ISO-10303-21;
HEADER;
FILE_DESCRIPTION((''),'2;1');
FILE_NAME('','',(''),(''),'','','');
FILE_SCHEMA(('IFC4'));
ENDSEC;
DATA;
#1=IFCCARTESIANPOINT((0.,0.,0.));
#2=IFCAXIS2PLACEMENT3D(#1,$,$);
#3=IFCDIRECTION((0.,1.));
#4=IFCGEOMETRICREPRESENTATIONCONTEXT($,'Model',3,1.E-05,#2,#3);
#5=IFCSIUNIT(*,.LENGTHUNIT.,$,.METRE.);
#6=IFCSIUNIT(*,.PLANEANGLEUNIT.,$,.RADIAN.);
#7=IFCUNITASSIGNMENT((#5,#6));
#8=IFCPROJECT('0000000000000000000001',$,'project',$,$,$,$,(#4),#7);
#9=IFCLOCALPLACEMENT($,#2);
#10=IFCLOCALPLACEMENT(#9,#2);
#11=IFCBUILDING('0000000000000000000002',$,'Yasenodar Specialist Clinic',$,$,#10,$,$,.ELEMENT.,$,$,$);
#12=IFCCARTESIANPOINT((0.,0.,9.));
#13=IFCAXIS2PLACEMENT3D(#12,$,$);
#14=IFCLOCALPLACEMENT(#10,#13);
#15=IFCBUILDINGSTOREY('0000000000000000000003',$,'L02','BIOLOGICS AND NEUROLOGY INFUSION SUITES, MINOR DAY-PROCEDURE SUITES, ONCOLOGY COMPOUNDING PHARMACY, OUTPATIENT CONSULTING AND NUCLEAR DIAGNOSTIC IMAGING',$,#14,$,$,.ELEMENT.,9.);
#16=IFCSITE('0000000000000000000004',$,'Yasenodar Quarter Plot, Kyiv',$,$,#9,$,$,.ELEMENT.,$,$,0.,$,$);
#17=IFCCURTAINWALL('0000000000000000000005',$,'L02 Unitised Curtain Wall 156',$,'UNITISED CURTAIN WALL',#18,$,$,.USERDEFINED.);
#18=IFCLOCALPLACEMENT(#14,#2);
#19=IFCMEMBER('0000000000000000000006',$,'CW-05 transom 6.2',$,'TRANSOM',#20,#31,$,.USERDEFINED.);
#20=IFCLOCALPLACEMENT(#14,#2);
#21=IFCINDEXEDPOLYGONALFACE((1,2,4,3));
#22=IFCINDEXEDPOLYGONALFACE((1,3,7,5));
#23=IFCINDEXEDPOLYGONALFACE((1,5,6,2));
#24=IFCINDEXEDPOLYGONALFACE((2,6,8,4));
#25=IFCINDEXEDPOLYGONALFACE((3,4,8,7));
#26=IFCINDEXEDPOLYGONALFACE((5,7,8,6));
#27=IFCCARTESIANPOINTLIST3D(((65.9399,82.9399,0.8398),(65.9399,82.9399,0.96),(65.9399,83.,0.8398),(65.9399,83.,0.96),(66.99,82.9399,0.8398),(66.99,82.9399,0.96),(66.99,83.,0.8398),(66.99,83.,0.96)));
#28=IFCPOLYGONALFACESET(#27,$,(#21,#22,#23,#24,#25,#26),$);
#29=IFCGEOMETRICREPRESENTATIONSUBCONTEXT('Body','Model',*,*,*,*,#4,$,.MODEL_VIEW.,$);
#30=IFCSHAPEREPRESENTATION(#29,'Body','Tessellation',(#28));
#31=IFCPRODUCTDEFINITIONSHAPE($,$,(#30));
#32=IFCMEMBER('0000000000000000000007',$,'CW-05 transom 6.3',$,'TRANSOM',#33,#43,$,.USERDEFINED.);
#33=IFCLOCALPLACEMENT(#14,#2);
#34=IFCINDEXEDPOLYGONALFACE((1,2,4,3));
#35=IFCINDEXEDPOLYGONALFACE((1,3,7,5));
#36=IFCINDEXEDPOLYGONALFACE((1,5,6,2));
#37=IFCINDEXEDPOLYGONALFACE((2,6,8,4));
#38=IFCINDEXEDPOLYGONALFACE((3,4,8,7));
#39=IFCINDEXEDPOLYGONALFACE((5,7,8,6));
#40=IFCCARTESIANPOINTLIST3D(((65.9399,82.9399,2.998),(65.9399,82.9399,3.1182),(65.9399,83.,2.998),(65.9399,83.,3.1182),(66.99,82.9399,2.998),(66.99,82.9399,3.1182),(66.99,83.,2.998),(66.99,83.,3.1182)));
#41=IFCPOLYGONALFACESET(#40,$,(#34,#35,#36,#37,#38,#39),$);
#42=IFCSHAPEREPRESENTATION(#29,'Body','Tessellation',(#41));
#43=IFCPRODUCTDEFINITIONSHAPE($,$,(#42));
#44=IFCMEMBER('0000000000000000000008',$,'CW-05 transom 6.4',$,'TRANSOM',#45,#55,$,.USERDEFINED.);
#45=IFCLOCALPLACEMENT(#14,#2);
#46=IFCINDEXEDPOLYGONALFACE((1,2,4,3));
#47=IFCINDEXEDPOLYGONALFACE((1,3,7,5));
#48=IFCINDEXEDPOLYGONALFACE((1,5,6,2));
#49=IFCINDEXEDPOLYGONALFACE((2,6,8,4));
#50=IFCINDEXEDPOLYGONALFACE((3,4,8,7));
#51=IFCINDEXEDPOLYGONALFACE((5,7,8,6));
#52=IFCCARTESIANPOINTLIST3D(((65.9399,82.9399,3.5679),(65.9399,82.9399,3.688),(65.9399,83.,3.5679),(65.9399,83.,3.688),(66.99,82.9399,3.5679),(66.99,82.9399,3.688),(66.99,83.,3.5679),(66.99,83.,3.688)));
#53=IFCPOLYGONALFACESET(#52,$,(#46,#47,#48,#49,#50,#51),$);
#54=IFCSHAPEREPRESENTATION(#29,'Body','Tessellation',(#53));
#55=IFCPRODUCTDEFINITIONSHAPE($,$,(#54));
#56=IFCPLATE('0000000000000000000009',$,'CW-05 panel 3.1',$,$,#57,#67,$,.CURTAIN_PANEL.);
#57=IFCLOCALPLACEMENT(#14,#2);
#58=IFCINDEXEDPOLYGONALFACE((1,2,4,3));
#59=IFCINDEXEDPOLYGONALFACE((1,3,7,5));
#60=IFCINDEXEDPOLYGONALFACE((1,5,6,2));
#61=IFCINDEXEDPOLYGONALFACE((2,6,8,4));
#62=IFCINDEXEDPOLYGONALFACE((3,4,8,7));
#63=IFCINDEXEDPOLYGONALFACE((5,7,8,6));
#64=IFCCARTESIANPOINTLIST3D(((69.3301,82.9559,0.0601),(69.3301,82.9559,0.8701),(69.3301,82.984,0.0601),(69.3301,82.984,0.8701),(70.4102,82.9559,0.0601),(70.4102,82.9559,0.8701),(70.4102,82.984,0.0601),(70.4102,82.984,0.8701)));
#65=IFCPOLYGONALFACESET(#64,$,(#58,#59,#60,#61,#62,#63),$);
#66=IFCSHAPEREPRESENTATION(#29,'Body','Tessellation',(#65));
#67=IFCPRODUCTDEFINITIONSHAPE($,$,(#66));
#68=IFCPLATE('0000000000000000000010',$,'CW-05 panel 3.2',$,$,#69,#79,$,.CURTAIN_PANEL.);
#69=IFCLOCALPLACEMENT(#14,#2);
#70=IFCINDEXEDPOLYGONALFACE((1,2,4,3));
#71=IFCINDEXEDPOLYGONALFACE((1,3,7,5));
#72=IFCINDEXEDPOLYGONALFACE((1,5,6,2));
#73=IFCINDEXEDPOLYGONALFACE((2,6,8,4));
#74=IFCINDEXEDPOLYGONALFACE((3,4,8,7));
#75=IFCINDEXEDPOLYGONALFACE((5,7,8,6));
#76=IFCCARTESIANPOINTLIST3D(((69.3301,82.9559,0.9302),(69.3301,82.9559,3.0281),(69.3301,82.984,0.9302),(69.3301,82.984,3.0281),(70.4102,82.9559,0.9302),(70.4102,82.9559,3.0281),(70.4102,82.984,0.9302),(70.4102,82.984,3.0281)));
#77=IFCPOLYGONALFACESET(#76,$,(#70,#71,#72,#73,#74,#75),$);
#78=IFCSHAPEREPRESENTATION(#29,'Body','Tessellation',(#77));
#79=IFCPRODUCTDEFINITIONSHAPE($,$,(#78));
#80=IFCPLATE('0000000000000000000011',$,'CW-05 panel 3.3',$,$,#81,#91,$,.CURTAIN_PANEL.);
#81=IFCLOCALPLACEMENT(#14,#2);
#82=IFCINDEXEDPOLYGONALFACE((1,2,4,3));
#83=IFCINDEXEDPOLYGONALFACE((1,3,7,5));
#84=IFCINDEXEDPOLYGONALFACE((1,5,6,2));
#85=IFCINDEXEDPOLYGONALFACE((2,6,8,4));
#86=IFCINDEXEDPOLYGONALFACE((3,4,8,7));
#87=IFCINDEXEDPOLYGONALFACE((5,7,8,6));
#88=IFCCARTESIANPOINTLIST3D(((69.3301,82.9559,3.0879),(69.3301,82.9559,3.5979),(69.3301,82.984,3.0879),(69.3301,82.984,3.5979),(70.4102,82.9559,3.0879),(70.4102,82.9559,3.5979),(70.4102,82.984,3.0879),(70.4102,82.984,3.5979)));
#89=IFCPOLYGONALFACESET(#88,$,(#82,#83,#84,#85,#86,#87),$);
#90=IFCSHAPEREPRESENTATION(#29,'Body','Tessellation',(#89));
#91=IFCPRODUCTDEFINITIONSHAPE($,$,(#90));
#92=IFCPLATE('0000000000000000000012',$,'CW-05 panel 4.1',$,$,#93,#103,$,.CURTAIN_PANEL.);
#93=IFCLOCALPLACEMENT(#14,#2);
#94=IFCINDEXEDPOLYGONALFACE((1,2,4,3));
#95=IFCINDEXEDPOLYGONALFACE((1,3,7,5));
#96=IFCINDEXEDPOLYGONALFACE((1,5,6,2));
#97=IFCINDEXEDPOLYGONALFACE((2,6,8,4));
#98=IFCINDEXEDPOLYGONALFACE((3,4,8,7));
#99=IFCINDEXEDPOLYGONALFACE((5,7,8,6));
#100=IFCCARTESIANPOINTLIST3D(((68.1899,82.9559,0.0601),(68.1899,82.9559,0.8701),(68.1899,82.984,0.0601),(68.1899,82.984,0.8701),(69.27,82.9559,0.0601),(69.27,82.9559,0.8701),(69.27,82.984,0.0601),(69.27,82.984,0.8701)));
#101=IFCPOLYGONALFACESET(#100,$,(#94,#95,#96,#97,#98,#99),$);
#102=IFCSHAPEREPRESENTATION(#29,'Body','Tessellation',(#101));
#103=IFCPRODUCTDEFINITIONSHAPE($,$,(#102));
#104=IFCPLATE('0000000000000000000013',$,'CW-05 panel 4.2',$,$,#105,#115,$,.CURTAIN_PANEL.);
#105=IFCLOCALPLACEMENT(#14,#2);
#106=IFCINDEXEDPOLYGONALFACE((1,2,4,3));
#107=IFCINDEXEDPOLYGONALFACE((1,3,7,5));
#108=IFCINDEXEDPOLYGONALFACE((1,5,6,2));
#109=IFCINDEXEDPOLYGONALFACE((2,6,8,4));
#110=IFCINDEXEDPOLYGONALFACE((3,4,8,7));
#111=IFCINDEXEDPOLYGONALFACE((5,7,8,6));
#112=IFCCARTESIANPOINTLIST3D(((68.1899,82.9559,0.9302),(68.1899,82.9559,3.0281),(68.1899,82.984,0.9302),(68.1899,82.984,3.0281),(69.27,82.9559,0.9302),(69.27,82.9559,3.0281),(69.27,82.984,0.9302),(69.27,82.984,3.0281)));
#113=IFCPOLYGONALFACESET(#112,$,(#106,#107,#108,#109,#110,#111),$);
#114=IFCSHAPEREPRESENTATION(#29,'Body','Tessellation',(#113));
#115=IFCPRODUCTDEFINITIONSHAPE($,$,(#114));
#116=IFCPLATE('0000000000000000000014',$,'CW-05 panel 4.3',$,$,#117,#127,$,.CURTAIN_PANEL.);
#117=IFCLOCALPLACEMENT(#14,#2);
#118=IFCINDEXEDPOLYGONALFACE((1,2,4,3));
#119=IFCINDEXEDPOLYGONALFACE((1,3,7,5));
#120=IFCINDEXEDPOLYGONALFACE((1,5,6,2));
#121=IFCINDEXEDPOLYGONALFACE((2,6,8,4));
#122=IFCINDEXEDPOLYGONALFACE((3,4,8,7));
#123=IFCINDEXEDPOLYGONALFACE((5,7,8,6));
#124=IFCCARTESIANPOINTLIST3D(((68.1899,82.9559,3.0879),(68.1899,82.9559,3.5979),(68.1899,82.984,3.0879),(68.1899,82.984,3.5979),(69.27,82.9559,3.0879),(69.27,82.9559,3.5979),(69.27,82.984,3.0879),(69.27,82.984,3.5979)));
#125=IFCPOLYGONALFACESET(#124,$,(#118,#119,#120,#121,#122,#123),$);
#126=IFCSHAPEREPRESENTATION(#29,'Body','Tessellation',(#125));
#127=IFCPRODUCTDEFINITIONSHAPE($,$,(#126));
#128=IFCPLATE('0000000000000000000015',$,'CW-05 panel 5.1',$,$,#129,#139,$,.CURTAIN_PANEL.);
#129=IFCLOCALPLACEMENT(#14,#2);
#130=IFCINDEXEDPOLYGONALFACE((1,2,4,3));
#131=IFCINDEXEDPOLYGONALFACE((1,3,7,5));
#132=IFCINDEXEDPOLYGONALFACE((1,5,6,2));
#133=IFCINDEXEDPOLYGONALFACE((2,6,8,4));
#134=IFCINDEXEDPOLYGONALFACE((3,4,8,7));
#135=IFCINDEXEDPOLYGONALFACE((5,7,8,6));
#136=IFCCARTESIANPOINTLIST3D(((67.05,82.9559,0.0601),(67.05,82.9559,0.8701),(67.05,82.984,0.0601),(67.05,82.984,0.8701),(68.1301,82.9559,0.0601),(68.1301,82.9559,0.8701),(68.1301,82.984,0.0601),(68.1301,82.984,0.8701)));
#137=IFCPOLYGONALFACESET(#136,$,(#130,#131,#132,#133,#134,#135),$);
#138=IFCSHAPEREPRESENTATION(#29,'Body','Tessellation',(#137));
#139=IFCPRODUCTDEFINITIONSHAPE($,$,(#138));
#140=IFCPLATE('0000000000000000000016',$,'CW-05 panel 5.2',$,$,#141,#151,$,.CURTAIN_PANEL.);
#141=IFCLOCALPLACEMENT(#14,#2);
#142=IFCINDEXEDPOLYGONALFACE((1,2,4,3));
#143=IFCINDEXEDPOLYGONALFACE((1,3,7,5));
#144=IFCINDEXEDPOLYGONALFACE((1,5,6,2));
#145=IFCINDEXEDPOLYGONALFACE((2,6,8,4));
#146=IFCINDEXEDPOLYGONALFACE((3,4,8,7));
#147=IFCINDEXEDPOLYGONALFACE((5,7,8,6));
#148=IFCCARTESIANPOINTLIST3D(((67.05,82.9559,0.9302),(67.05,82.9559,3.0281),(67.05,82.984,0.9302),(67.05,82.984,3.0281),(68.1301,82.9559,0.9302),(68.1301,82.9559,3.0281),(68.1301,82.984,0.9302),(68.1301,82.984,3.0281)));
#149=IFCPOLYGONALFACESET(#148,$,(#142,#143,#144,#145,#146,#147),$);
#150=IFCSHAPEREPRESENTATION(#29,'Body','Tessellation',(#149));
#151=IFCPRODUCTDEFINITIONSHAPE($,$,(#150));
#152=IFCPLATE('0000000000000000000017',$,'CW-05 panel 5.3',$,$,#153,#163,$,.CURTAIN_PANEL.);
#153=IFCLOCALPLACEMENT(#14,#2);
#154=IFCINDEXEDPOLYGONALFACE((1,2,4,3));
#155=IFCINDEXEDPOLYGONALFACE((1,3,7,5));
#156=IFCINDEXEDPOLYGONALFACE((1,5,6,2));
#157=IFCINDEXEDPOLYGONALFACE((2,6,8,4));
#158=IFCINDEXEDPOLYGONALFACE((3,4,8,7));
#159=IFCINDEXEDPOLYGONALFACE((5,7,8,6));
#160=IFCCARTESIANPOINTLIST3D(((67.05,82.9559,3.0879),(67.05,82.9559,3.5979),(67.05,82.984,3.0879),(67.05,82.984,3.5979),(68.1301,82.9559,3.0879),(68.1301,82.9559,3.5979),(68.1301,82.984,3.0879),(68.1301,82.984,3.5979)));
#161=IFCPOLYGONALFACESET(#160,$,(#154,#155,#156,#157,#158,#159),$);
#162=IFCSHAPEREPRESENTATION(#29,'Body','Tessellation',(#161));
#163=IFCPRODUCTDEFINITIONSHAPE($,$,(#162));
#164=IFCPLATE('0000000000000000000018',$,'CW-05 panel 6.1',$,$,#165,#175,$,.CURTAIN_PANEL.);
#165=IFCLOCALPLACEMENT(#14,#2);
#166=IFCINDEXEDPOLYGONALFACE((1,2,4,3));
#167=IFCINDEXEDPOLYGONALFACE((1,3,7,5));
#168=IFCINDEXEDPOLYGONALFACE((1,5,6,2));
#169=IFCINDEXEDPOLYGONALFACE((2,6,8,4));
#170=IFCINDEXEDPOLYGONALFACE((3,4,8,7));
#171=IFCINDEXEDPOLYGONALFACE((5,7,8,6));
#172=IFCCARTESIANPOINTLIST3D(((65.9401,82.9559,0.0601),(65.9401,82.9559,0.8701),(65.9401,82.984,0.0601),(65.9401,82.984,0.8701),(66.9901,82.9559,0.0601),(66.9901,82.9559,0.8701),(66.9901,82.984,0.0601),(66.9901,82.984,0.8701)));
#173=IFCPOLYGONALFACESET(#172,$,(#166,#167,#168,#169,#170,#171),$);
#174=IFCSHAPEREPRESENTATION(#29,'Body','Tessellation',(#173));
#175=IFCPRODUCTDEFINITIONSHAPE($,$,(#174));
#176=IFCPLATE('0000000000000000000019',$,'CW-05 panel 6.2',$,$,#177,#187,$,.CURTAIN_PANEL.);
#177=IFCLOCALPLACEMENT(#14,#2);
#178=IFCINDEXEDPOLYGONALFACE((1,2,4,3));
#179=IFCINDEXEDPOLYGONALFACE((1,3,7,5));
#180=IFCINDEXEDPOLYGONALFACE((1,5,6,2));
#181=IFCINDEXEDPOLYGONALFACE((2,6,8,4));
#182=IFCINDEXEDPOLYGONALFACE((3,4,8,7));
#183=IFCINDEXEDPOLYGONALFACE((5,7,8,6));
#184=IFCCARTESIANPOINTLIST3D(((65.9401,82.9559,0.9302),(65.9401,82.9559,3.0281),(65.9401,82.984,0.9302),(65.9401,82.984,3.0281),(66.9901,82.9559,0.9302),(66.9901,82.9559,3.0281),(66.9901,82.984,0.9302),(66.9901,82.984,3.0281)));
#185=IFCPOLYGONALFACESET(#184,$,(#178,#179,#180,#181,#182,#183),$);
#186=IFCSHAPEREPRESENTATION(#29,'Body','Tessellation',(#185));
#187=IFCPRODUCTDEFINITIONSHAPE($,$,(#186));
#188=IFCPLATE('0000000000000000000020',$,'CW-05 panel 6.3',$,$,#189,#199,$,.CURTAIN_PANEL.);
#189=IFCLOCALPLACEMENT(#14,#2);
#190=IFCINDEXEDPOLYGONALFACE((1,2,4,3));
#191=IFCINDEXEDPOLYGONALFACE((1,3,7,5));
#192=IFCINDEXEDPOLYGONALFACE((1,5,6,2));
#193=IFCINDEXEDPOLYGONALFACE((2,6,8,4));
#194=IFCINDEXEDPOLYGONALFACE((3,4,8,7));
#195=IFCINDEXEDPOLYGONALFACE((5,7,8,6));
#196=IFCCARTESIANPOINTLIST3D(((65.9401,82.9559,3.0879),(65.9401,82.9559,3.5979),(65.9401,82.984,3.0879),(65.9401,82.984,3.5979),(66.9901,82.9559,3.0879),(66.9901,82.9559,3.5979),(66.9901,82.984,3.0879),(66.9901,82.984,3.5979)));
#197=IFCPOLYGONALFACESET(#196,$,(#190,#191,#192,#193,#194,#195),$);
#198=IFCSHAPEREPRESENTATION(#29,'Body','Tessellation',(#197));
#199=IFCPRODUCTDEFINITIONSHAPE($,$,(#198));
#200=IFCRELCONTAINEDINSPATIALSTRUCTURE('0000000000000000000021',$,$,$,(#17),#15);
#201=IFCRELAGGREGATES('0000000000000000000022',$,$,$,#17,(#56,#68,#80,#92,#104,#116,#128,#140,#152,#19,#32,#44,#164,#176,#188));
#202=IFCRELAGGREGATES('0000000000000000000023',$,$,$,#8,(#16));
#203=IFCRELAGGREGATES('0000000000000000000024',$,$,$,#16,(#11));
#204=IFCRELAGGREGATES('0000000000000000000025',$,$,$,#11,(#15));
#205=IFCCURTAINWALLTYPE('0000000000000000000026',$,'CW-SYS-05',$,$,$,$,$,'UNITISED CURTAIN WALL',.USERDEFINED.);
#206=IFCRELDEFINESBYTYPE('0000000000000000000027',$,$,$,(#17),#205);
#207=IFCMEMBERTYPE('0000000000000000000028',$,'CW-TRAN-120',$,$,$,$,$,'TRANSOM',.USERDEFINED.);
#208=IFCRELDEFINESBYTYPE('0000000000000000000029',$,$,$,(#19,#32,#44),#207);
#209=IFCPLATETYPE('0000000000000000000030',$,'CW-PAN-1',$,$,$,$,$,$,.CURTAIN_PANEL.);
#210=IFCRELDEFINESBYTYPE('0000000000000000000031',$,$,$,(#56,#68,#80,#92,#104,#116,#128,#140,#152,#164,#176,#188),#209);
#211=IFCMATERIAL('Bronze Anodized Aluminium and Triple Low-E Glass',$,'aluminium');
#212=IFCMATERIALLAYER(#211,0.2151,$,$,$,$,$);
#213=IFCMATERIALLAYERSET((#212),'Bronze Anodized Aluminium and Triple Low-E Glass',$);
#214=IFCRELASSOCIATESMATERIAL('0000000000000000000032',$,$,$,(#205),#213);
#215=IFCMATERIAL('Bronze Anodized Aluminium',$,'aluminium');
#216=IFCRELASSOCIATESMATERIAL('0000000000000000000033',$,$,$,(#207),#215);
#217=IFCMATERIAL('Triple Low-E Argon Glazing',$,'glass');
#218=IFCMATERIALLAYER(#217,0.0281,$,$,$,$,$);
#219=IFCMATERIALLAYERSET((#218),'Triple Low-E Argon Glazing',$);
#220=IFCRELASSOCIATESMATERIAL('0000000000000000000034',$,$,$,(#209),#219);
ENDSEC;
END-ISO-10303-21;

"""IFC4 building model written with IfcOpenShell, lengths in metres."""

from ifc_helpers import new_model, si_unit, direction, frame, origin, origin_2d, place, context, subcontext, project, spatial, rectangle, extrude, material, layer, layer_set, material_profile, profile_set, type_object, element, aggregate, save


model = new_model("IFC4")

# Units and contexts
model_context = context("Model", 3, precision=1e-05, world=origin(), true_north=direction((0.0, 1.0)))
body_context = subcontext(model_context, "Body", "Model", "MODEL_VIEW")
ifc_project = project(units=[si_unit("LENGTHUNIT", "METRE"), si_unit("PLANEANGLEUNIT", "RADIAN")], contexts=[model_context])

# Site, building, storey
site_placement = place(None, origin())
site = spatial("IfcSite", under=ifc_project, at=site_placement, Name="Yasenodar Quarter Plot, Kyiv", CompositionType="ELEMENT", RefElevation=0.0)
building_placement = place(site_placement, origin())
building = spatial("IfcBuilding", under=site, at=building_placement, Name="Yasenodar Specialist Clinic", CompositionType="ELEMENT")
storey_placement = place(building_placement, frame((0.0, 0.0, 9.0)))
storey = spatial("IfcBuildingStorey", under=building, at=storey_placement, Name="L02", Description="BIOLOGICS AND NEUROLOGY INFUSION SUITES, MINOR DAY-PROCEDURE SUITES, ONCOLOGY COMPOUNDING PHARMACY, OUTPATIENT CONSULTING AND NUCLEAR DIAGNOSTIC IMAGING", CompositionType="ELEMENT", Elevation=9.0)

# Curtain wall, members, plates
ifc_material_1 = material(Name="Bronze Anodized Aluminium and Triple Low-E Glass", Category="aluminium")
ifc_layer_1 = layer(ifc_material_1, 0.2151)
ifc_layer_set_1 = layer_set([ifc_layer_1], Name="Bronze Anodized Aluminium and Triple Low-E Glass")
curtain_wall_type = type_object("IfcCurtainWallType", Name="CW-SYS-05", ElementType="UNITISED CURTAIN WALL", PredefinedType="USERDEFINED", material=ifc_layer_set_1)
curtain_wall_placement = place(storey_placement, origin())
curtain_wall = element("IfcCurtainWall", 1, at=curtain_wall_placement, inside=storey, type_object=curtain_wall_type, Name="L02 Unitised Curtain Wall 156", ObjectType="UNITISED CURTAIN WALL", PredefinedType="USERDEFINED")
ifc_material_2 = material(Name="Bronze Anodized Aluminium", Category="aluminium")
ifc_material_profile_1 = material_profile(ifc_material_2, rectangle(XDim=0.0601, YDim=0.1201, at=origin_2d()), Name="CW-TRAN 60x120")
ifc_profile_set_1 = profile_set([ifc_material_profile_1], Name="Bronze Anodized Aluminium")
member_type_1 = type_object("IfcMemberType", Name="CW-TRAN-120", ElementType="TRANSOM", PredefinedType="USERDEFINED", material=ifc_profile_set_1)
member_1_placement = place(storey_placement, frame((66.99, 82.97, 0.8999), z_axis=(-1.0, 0.0, 0.0), x_axis=(0.0, -1.0, 0.0)))
member_1 = element("IfcMember", 2, at=member_1_placement, type_object=member_type_1, Name="CW-05 transom 6.2", ObjectType="TRANSOM", PredefinedType="USERDEFINED", context=body_context, shape_type="SweptSolid", body=[
    extrude(rectangle(XDim=0.0601, YDim=0.1201, at=origin_2d()), origin(), (0.0, 0.0, 1.0), 1.05),
])
member_2_placement = place(storey_placement, frame((66.99, 82.97, 3.0581), z_axis=(-1.0, 0.0, 0.0), x_axis=(0.0, -1.0, 0.0)))
member_2 = element("IfcMember", 3, at=member_2_placement, type_object=member_type_1, Name="CW-05 transom 6.3", ObjectType="TRANSOM", PredefinedType="USERDEFINED", context=body_context, shape_type="SweptSolid", body=[
    extrude(rectangle(XDim=0.0601, YDim=0.1201, at=origin_2d()), origin(), (0.0, 0.0, 1.0), 1.05),
])
member_3_placement = place(storey_placement, frame((66.99, 82.97, 3.6279), z_axis=(-1.0, 0.0, 0.0), x_axis=(0.0, -1.0, 0.0)))
member_3 = element("IfcMember", 4, at=member_3_placement, type_object=member_type_1, Name="CW-05 transom 6.4", ObjectType="TRANSOM", PredefinedType="USERDEFINED", context=body_context, shape_type="SweptSolid", body=[
    extrude(rectangle(XDim=0.0601, YDim=0.1201, at=origin_2d()), origin(), (0.0, 0.0, 1.0), 1.05),
])
ifc_material_3 = material(Name="Triple Low-E Argon Glazing", Category="glass")
ifc_layer_2 = layer(ifc_material_3, 0.0281)
ifc_layer_set_2 = layer_set([ifc_layer_2], Name="Triple Low-E Argon Glazing")
plate_type = type_object("IfcPlateType", Name="CW-PAN-1", PredefinedType="CURTAIN_PANEL", material=ifc_layer_set_2)
plate_1_placement = place(storey_placement, frame((69.8701, 82.97, 0.0601), z_axis=(0.0, 0.0, 1.0), x_axis=(-1.0, 0.0, 0.0)))
plate_1 = element("IfcPlate", 5, at=plate_1_placement, type_object=plate_type, Name="CW-05 panel 3.1", PredefinedType="CURTAIN_PANEL", context=body_context, shape_type="SweptSolid", body=[
    extrude(rectangle(XDim=1.0801, YDim=0.0281, at=origin_2d()), origin(), (0.0, 0.0, 1.0), 0.8101),
])
plate_2_placement = place(storey_placement, frame((69.8701, 82.97, 0.9302), z_axis=(0.0, 0.0, 1.0), x_axis=(-1.0, 0.0, 0.0)))
plate_2 = element("IfcPlate", 6, at=plate_2_placement, type_object=plate_type, Name="CW-05 panel 3.2", PredefinedType="CURTAIN_PANEL", context=body_context, shape_type="SweptSolid", body=[
    extrude(rectangle(XDim=1.0801, YDim=0.0281, at=origin_2d()), origin(), (0.0, 0.0, 1.0), 2.0979),
])
plate_3_placement = place(storey_placement, frame((69.8701, 82.97, 3.0879), z_axis=(0.0, 0.0, 1.0), x_axis=(-1.0, 0.0, 0.0)))
plate_3 = element("IfcPlate", 7, at=plate_3_placement, type_object=plate_type, Name="CW-05 panel 3.3", PredefinedType="CURTAIN_PANEL", context=body_context, shape_type="SweptSolid", body=[
    extrude(rectangle(XDim=1.0801, YDim=0.0281, at=origin_2d()), origin(), (0.0, 0.0, 1.0), 0.51),
])
plate_4_placement = place(storey_placement, frame((68.73, 82.97, 0.0601), z_axis=(0.0, 0.0, 1.0), x_axis=(-1.0, 0.0, 0.0)))
plate_4 = element("IfcPlate", 8, at=plate_4_placement, type_object=plate_type, Name="CW-05 panel 4.1", PredefinedType="CURTAIN_PANEL", context=body_context, shape_type="SweptSolid", body=[
    extrude(rectangle(XDim=1.0801, YDim=0.0281, at=origin_2d()), origin(), (0.0, 0.0, 1.0), 0.8101),
])
plate_5_placement = place(storey_placement, frame((68.73, 82.97, 0.9302), z_axis=(0.0, 0.0, 1.0), x_axis=(-1.0, 0.0, 0.0)))
plate_5 = element("IfcPlate", 9, at=plate_5_placement, type_object=plate_type, Name="CW-05 panel 4.2", PredefinedType="CURTAIN_PANEL", context=body_context, shape_type="SweptSolid", body=[
    extrude(rectangle(XDim=1.0801, YDim=0.0281, at=origin_2d()), origin(), (0.0, 0.0, 1.0), 2.0979),
])
plate_6_placement = place(storey_placement, frame((68.73, 82.97, 3.0879), z_axis=(0.0, 0.0, 1.0), x_axis=(-1.0, 0.0, 0.0)))
plate_6 = element("IfcPlate", 10, at=plate_6_placement, type_object=plate_type, Name="CW-05 panel 4.3", PredefinedType="CURTAIN_PANEL", context=body_context, shape_type="SweptSolid", body=[
    extrude(rectangle(XDim=1.0801, YDim=0.0281, at=origin_2d()), origin(), (0.0, 0.0, 1.0), 0.51),
])
plate_7_placement = place(storey_placement, frame((67.5901, 82.97, 0.0601), z_axis=(0.0, 0.0, 1.0), x_axis=(-1.0, 0.0, 0.0)))
plate_7 = element("IfcPlate", 11, at=plate_7_placement, type_object=plate_type, Name="CW-05 panel 5.1", PredefinedType="CURTAIN_PANEL", context=body_context, shape_type="SweptSolid", body=[
    extrude(rectangle(XDim=1.0801, YDim=0.0281, at=origin_2d()), origin(), (0.0, 0.0, 1.0), 0.8101),
])
plate_8_placement = place(storey_placement, frame((67.5901, 82.97, 0.9302), z_axis=(0.0, 0.0, 1.0), x_axis=(-1.0, 0.0, 0.0)))
plate_8 = element("IfcPlate", 12, at=plate_8_placement, type_object=plate_type, Name="CW-05 panel 5.2", PredefinedType="CURTAIN_PANEL", context=body_context, shape_type="SweptSolid", body=[
    extrude(rectangle(XDim=1.0801, YDim=0.0281, at=origin_2d()), origin(), (0.0, 0.0, 1.0), 2.0979),
])
plate_9_placement = place(storey_placement, frame((67.5901, 82.97, 3.0879), z_axis=(0.0, 0.0, 1.0), x_axis=(-1.0, 0.0, 0.0)))
plate_9 = element("IfcPlate", 13, at=plate_9_placement, type_object=plate_type, Name="CW-05 panel 5.3", PredefinedType="CURTAIN_PANEL", context=body_context, shape_type="SweptSolid", body=[
    extrude(rectangle(XDim=1.0801, YDim=0.0281, at=origin_2d()), origin(), (0.0, 0.0, 1.0), 0.51),
])
plate_10_placement = place(storey_placement, frame((66.4651, 82.97, 0.0601), z_axis=(0.0, 0.0, 1.0), x_axis=(-1.0, 0.0, 0.0)))
plate_10 = element("IfcPlate", 14, at=plate_10_placement, type_object=plate_type, Name="CW-05 panel 6.1", PredefinedType="CURTAIN_PANEL", context=body_context, shape_type="SweptSolid", body=[
    extrude(rectangle(XDim=1.05, YDim=0.0281, at=origin_2d()), origin(), (0.0, 0.0, 1.0), 0.8101),
])
plate_11_placement = place(storey_placement, frame((66.4651, 82.97, 0.9302), z_axis=(0.0, 0.0, 1.0), x_axis=(-1.0, 0.0, 0.0)))
plate_11 = element("IfcPlate", 15, at=plate_11_placement, type_object=plate_type, Name="CW-05 panel 6.2", PredefinedType="CURTAIN_PANEL", context=body_context, shape_type="SweptSolid", body=[
    extrude(rectangle(XDim=1.05, YDim=0.0281, at=origin_2d()), origin(), (0.0, 0.0, 1.0), 2.0979),
])
plate_12_placement = place(storey_placement, frame((66.4651, 82.97, 3.0879), z_axis=(0.0, 0.0, 1.0), x_axis=(-1.0, 0.0, 0.0)))
plate_12 = element("IfcPlate", 16, at=plate_12_placement, type_object=plate_type, Name="CW-05 panel 6.3", PredefinedType="CURTAIN_PANEL", context=body_context, shape_type="SweptSolid", body=[
    extrude(rectangle(XDim=1.05, YDim=0.0281, at=origin_2d()), origin(), (0.0, 0.0, 1.0), 0.51),
])
aggregate(curtain_wall, [plate_1, plate_2, plate_3, plate_4, plate_5, plate_6, plate_7, plate_8, plate_9, member_1, member_2, member_3, plate_10, plate_11, plate_12])

save(model, "model.ifc")
